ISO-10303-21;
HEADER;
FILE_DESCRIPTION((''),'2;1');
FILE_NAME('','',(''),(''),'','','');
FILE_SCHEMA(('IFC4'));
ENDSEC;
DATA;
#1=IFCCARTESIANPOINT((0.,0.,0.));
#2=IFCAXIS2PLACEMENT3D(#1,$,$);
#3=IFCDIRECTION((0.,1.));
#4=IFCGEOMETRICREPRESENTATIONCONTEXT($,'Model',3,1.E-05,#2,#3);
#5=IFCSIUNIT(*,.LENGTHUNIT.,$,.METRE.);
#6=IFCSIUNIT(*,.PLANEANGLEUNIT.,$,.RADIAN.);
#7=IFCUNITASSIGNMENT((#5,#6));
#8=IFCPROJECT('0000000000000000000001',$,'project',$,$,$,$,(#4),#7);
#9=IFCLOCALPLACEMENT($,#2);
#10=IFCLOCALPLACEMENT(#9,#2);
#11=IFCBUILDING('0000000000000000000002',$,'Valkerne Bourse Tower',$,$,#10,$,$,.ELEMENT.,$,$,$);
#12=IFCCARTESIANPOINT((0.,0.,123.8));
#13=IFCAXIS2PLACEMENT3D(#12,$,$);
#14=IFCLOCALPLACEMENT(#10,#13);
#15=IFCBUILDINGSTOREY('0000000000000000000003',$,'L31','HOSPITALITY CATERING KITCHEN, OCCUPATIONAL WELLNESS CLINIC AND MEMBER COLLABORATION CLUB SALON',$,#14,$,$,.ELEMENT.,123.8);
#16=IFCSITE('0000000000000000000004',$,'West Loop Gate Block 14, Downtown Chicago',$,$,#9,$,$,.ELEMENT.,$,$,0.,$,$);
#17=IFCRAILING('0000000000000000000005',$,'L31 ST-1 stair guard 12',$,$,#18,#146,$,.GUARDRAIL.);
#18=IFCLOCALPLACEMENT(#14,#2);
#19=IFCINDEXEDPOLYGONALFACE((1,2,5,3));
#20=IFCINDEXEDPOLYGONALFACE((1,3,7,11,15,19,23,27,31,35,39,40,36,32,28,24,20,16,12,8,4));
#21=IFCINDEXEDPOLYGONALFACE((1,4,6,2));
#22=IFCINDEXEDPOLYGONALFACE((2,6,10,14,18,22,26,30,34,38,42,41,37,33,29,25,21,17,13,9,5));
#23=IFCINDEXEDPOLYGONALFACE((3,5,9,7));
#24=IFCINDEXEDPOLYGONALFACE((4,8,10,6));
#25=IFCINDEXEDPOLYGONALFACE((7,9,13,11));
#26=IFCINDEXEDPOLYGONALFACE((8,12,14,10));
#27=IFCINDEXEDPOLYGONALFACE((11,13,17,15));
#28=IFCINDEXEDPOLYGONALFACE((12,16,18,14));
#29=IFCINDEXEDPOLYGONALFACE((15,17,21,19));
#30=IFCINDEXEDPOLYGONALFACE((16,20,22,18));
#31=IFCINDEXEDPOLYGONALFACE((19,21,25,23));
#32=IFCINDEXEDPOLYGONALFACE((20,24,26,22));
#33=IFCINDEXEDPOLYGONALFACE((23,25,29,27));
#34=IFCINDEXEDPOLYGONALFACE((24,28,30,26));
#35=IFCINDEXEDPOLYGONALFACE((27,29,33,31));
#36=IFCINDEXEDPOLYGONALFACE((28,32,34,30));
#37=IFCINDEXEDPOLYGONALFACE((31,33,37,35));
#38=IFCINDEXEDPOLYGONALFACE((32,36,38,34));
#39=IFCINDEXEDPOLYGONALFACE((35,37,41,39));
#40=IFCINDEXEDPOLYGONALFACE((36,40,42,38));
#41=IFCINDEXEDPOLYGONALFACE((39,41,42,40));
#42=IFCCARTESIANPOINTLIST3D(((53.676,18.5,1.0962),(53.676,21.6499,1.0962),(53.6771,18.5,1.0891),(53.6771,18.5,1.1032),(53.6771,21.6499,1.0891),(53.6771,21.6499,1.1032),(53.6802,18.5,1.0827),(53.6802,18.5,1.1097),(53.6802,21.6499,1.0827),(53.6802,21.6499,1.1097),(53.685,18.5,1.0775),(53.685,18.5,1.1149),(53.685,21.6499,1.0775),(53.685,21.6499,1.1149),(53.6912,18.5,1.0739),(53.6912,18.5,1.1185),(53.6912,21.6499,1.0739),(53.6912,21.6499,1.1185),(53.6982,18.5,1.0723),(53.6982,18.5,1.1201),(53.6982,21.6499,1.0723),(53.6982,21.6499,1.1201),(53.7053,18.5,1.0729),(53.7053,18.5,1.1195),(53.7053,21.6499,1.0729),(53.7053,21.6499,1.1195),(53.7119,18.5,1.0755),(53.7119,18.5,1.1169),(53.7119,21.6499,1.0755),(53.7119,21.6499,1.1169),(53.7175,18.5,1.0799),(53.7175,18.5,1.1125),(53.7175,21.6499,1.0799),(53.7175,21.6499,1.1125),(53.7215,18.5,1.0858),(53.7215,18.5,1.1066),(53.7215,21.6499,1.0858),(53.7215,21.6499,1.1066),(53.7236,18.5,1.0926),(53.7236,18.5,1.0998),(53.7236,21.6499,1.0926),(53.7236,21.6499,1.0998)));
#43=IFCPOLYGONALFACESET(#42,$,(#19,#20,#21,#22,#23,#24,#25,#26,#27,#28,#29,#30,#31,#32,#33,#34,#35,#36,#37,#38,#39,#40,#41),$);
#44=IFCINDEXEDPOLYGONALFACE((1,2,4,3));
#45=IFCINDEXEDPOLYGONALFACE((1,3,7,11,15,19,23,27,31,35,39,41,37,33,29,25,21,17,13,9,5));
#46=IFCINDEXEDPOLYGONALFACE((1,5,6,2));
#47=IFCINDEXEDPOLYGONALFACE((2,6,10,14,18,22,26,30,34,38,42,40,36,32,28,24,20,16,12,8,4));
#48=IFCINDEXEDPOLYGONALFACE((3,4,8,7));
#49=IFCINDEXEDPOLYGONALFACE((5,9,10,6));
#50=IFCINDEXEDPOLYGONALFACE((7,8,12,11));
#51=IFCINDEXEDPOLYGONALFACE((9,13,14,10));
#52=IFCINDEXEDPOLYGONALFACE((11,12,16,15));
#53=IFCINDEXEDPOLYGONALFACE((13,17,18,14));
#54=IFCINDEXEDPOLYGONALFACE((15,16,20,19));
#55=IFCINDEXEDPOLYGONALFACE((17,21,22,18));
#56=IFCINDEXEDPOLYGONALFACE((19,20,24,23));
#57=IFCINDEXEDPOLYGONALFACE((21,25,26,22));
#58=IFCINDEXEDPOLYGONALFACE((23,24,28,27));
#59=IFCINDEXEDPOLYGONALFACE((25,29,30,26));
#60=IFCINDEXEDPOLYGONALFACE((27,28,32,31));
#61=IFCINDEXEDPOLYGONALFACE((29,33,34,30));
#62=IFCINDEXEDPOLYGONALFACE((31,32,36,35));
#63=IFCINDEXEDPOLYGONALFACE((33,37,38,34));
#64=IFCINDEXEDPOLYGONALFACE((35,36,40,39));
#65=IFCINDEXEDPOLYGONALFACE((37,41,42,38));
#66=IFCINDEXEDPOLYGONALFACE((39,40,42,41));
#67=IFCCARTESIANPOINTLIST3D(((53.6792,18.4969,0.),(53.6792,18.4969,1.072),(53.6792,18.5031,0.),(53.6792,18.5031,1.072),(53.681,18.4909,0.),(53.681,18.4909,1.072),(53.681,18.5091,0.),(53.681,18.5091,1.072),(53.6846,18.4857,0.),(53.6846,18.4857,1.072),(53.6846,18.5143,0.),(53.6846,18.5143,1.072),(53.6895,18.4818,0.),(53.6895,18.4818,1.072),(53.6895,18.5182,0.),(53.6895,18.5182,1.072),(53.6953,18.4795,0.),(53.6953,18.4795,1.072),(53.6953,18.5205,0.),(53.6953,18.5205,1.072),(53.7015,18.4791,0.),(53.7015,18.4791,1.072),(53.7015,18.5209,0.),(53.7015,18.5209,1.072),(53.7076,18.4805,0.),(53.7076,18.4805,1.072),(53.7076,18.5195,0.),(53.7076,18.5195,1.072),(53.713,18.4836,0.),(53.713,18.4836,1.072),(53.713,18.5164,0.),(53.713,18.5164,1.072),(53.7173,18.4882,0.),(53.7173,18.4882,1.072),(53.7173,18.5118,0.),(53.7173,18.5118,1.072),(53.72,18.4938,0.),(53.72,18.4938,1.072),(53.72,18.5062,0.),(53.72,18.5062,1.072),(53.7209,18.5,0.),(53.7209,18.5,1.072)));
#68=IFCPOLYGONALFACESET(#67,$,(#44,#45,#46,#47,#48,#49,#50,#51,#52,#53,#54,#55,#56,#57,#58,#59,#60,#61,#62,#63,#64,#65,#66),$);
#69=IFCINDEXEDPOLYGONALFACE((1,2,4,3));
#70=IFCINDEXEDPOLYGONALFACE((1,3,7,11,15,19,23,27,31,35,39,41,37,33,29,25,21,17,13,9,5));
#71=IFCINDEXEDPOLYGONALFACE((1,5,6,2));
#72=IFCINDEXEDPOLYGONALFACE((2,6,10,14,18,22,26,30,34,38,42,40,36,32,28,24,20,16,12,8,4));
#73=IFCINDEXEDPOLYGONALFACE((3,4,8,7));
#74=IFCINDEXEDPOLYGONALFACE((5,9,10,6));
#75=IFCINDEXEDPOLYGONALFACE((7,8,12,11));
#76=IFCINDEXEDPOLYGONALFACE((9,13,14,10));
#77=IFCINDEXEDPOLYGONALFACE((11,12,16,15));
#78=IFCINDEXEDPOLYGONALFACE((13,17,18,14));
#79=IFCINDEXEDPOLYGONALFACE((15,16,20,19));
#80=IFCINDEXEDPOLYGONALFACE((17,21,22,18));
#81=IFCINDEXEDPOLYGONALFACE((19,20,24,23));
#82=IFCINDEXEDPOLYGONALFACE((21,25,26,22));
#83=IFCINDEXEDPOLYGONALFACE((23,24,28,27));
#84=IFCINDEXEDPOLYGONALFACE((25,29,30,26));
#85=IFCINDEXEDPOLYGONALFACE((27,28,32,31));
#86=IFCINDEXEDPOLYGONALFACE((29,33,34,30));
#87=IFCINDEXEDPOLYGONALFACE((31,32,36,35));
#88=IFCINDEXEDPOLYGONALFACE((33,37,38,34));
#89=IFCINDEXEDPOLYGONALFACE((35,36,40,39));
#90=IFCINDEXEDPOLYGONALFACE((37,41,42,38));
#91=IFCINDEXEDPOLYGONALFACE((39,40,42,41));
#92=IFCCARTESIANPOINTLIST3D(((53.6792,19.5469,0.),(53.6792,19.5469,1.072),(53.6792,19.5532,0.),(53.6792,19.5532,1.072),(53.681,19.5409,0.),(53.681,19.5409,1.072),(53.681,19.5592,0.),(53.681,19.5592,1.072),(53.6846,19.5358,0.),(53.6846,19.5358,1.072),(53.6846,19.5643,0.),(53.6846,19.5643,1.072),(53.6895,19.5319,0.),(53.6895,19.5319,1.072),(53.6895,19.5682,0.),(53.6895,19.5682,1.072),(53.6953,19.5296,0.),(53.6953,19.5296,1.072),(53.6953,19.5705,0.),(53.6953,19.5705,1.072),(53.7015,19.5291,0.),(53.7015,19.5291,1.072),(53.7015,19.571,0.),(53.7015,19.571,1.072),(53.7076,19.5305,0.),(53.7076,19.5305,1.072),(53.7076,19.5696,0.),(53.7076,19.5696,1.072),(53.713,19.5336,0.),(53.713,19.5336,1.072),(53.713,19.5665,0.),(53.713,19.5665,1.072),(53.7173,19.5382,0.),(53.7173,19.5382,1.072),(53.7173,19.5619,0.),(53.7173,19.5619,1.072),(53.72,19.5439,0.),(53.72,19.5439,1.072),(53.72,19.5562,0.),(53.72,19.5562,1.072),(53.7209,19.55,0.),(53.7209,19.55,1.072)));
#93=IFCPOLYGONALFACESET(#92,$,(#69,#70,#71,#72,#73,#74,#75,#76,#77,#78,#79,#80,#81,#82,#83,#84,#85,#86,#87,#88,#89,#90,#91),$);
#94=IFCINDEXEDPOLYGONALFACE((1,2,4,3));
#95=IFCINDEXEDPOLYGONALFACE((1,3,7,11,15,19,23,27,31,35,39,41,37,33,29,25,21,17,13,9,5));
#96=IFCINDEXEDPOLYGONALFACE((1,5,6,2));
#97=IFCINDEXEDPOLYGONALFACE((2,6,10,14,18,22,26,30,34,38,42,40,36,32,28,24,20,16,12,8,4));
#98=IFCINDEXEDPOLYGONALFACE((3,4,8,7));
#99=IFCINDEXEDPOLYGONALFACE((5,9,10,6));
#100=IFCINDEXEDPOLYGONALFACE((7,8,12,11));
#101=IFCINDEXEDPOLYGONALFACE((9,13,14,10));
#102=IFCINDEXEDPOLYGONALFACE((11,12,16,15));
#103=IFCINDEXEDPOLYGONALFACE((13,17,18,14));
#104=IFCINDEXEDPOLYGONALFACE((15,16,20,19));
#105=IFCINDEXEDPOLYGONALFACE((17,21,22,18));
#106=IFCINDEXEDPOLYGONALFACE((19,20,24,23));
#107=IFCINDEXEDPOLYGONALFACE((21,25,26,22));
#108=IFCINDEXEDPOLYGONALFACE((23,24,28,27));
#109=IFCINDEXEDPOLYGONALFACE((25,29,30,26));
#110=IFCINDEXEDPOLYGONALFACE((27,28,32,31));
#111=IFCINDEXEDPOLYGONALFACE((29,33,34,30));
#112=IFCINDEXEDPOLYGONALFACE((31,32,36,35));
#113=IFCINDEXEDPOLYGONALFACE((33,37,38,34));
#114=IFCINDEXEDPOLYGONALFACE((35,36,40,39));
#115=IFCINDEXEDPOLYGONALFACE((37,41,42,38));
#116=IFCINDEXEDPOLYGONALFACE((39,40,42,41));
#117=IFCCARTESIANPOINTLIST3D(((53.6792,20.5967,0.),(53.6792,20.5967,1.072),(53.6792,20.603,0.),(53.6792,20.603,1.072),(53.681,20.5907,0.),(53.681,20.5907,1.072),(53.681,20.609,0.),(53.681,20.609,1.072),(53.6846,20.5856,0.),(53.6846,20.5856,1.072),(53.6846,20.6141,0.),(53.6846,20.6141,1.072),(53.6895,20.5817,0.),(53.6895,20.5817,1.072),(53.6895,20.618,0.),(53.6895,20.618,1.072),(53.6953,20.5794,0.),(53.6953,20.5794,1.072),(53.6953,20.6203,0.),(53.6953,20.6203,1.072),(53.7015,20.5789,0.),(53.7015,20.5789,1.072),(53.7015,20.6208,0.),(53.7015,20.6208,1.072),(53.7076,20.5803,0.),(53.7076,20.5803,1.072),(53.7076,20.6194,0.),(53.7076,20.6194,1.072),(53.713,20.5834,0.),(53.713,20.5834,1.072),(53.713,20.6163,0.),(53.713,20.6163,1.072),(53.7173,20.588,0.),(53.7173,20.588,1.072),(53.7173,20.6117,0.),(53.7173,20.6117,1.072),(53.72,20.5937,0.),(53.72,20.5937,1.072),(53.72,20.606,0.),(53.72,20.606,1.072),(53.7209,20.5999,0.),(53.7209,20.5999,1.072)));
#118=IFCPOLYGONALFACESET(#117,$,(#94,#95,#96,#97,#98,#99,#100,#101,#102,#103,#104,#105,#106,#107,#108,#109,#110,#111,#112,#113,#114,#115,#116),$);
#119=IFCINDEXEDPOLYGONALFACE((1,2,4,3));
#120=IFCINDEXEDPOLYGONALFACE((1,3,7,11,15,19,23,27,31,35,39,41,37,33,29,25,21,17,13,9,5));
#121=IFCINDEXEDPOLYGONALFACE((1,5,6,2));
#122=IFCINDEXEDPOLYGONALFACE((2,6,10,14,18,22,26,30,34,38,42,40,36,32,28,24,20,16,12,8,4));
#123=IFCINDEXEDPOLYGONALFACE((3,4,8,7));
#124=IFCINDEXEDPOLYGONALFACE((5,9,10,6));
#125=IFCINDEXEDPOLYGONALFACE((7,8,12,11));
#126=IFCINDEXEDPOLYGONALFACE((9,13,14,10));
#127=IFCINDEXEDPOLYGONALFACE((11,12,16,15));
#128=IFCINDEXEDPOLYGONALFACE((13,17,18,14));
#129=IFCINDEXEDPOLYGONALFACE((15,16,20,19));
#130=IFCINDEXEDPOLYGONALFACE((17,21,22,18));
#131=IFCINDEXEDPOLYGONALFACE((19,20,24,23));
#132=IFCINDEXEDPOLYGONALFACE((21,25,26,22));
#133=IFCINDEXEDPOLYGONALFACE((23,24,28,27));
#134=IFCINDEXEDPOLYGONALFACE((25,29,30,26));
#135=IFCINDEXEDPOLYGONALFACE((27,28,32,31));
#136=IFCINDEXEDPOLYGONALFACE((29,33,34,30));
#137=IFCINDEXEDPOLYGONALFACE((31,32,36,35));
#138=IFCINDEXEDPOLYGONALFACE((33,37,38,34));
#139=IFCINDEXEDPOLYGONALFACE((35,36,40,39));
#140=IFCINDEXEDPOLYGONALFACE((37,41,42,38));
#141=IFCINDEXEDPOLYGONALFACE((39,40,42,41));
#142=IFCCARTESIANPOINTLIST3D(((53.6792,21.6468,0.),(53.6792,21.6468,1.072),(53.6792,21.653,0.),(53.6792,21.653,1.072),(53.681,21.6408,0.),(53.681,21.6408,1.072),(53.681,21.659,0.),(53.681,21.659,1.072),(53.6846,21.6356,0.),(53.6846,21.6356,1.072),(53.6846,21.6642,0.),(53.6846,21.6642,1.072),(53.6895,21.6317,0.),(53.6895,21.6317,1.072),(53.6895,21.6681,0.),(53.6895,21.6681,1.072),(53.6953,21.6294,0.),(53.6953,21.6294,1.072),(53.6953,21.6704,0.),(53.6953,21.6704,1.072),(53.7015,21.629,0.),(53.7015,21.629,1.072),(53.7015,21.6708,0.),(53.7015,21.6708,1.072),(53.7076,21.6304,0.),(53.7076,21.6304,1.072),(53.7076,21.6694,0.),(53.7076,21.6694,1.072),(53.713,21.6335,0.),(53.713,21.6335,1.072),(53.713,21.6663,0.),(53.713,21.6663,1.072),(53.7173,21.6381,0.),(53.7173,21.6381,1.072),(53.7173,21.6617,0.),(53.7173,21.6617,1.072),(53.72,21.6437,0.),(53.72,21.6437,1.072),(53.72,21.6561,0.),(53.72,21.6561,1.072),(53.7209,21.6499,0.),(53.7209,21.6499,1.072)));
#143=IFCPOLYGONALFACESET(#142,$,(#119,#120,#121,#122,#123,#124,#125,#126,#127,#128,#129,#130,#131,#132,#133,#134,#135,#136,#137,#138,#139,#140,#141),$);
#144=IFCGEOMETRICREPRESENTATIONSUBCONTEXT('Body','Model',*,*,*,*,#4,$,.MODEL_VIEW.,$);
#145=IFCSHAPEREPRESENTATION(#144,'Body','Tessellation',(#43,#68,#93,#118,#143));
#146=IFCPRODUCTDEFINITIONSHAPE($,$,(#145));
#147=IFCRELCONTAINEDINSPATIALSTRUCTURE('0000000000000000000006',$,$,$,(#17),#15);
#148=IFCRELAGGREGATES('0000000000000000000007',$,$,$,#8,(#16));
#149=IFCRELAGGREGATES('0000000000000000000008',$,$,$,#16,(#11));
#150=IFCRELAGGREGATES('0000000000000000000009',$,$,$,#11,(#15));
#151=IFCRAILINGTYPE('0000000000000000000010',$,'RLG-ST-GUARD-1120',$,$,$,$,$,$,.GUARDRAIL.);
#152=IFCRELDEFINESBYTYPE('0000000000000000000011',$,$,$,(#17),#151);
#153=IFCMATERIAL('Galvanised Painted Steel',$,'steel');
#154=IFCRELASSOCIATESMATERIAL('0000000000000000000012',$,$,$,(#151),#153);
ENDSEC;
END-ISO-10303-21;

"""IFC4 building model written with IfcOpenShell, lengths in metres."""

from ifc_helpers import new_model, si_unit, direction, frame, origin, origin_2d, place, context, subcontext, project, spatial, circle, extrude, material, type_object, element, save


model = new_model("IFC4")

# Units and contexts
model_context = context("Model", 3, precision=1e-05, world=origin(), true_north=direction((0.0, 1.0)))
body_context = subcontext(model_context, "Body", "Model", "MODEL_VIEW")
ifc_project = project(units=[si_unit("LENGTHUNIT", "METRE"), si_unit("PLANEANGLEUNIT", "RADIAN")], contexts=[model_context])

# Site, building, storey
site_placement = place(None, origin())
site = spatial("IfcSite", under=ifc_project, at=site_placement, Name="West Loop Gate Block 14, Downtown Chicago", CompositionType="ELEMENT", RefElevation=0.0)
building_placement = place(site_placement, origin())
building = spatial("IfcBuilding", under=site, at=building_placement, Name="Valkerne Bourse Tower", CompositionType="ELEMENT")
storey_placement = place(building_placement, frame((0.0, 0.0, 123.8)))
storey = spatial("IfcBuildingStorey", under=building, at=storey_placement, Name="L31", Description="HOSPITALITY CATERING KITCHEN, OCCUPATIONAL WELLNESS CLINIC AND MEMBER COLLABORATION CLUB SALON", CompositionType="ELEMENT", Elevation=123.8)

# Railing
ifc_material_1 = material(Name="Galvanised Painted Steel", Category="steel")
railing_type = type_object("IfcRailingType", Name="RLG-ST-GUARD-1120", PredefinedType="GUARDRAIL", material=ifc_material_1)
railing_placement = place(storey_placement, frame((53.7, 18.5, 0.0)))
element("IfcRailing", 1, at=railing_placement, inside=storey, type_object=railing_type, Name="L31 ST-1 stair guard 12", PredefinedType="GUARDRAIL", context=body_context, shape_type="SweptSolid", body=[
    extrude(circle(Radius=0.0239, at=origin_2d()), frame((0.0, 0.0, 1.0962), z_axis=(0.0, 1.0, 0.0), x_axis=(-1.0, 0.0, 0.0)), (0.0, 0.0, 1.0), 3.1499),
    extrude(circle(Radius=0.021, at=origin_2d()), origin(), (0.0, 0.0, 1.0), 1.072),
    extrude(circle(Radius=0.021, at=origin_2d()), frame((0.0, 1.05, 0.0)), (0.0, 0.0, 1.0), 1.072),
    extrude(circle(Radius=0.021, at=origin_2d()), frame((0.0, 2.0999, 0.0)), (0.0, 0.0, 1.0), 1.072),
    extrude(circle(Radius=0.021, at=origin_2d()), frame((0.0, 3.1499, 0.0)), (0.0, 0.0, 1.0), 1.072),
])

save(model, "model.ifc")
